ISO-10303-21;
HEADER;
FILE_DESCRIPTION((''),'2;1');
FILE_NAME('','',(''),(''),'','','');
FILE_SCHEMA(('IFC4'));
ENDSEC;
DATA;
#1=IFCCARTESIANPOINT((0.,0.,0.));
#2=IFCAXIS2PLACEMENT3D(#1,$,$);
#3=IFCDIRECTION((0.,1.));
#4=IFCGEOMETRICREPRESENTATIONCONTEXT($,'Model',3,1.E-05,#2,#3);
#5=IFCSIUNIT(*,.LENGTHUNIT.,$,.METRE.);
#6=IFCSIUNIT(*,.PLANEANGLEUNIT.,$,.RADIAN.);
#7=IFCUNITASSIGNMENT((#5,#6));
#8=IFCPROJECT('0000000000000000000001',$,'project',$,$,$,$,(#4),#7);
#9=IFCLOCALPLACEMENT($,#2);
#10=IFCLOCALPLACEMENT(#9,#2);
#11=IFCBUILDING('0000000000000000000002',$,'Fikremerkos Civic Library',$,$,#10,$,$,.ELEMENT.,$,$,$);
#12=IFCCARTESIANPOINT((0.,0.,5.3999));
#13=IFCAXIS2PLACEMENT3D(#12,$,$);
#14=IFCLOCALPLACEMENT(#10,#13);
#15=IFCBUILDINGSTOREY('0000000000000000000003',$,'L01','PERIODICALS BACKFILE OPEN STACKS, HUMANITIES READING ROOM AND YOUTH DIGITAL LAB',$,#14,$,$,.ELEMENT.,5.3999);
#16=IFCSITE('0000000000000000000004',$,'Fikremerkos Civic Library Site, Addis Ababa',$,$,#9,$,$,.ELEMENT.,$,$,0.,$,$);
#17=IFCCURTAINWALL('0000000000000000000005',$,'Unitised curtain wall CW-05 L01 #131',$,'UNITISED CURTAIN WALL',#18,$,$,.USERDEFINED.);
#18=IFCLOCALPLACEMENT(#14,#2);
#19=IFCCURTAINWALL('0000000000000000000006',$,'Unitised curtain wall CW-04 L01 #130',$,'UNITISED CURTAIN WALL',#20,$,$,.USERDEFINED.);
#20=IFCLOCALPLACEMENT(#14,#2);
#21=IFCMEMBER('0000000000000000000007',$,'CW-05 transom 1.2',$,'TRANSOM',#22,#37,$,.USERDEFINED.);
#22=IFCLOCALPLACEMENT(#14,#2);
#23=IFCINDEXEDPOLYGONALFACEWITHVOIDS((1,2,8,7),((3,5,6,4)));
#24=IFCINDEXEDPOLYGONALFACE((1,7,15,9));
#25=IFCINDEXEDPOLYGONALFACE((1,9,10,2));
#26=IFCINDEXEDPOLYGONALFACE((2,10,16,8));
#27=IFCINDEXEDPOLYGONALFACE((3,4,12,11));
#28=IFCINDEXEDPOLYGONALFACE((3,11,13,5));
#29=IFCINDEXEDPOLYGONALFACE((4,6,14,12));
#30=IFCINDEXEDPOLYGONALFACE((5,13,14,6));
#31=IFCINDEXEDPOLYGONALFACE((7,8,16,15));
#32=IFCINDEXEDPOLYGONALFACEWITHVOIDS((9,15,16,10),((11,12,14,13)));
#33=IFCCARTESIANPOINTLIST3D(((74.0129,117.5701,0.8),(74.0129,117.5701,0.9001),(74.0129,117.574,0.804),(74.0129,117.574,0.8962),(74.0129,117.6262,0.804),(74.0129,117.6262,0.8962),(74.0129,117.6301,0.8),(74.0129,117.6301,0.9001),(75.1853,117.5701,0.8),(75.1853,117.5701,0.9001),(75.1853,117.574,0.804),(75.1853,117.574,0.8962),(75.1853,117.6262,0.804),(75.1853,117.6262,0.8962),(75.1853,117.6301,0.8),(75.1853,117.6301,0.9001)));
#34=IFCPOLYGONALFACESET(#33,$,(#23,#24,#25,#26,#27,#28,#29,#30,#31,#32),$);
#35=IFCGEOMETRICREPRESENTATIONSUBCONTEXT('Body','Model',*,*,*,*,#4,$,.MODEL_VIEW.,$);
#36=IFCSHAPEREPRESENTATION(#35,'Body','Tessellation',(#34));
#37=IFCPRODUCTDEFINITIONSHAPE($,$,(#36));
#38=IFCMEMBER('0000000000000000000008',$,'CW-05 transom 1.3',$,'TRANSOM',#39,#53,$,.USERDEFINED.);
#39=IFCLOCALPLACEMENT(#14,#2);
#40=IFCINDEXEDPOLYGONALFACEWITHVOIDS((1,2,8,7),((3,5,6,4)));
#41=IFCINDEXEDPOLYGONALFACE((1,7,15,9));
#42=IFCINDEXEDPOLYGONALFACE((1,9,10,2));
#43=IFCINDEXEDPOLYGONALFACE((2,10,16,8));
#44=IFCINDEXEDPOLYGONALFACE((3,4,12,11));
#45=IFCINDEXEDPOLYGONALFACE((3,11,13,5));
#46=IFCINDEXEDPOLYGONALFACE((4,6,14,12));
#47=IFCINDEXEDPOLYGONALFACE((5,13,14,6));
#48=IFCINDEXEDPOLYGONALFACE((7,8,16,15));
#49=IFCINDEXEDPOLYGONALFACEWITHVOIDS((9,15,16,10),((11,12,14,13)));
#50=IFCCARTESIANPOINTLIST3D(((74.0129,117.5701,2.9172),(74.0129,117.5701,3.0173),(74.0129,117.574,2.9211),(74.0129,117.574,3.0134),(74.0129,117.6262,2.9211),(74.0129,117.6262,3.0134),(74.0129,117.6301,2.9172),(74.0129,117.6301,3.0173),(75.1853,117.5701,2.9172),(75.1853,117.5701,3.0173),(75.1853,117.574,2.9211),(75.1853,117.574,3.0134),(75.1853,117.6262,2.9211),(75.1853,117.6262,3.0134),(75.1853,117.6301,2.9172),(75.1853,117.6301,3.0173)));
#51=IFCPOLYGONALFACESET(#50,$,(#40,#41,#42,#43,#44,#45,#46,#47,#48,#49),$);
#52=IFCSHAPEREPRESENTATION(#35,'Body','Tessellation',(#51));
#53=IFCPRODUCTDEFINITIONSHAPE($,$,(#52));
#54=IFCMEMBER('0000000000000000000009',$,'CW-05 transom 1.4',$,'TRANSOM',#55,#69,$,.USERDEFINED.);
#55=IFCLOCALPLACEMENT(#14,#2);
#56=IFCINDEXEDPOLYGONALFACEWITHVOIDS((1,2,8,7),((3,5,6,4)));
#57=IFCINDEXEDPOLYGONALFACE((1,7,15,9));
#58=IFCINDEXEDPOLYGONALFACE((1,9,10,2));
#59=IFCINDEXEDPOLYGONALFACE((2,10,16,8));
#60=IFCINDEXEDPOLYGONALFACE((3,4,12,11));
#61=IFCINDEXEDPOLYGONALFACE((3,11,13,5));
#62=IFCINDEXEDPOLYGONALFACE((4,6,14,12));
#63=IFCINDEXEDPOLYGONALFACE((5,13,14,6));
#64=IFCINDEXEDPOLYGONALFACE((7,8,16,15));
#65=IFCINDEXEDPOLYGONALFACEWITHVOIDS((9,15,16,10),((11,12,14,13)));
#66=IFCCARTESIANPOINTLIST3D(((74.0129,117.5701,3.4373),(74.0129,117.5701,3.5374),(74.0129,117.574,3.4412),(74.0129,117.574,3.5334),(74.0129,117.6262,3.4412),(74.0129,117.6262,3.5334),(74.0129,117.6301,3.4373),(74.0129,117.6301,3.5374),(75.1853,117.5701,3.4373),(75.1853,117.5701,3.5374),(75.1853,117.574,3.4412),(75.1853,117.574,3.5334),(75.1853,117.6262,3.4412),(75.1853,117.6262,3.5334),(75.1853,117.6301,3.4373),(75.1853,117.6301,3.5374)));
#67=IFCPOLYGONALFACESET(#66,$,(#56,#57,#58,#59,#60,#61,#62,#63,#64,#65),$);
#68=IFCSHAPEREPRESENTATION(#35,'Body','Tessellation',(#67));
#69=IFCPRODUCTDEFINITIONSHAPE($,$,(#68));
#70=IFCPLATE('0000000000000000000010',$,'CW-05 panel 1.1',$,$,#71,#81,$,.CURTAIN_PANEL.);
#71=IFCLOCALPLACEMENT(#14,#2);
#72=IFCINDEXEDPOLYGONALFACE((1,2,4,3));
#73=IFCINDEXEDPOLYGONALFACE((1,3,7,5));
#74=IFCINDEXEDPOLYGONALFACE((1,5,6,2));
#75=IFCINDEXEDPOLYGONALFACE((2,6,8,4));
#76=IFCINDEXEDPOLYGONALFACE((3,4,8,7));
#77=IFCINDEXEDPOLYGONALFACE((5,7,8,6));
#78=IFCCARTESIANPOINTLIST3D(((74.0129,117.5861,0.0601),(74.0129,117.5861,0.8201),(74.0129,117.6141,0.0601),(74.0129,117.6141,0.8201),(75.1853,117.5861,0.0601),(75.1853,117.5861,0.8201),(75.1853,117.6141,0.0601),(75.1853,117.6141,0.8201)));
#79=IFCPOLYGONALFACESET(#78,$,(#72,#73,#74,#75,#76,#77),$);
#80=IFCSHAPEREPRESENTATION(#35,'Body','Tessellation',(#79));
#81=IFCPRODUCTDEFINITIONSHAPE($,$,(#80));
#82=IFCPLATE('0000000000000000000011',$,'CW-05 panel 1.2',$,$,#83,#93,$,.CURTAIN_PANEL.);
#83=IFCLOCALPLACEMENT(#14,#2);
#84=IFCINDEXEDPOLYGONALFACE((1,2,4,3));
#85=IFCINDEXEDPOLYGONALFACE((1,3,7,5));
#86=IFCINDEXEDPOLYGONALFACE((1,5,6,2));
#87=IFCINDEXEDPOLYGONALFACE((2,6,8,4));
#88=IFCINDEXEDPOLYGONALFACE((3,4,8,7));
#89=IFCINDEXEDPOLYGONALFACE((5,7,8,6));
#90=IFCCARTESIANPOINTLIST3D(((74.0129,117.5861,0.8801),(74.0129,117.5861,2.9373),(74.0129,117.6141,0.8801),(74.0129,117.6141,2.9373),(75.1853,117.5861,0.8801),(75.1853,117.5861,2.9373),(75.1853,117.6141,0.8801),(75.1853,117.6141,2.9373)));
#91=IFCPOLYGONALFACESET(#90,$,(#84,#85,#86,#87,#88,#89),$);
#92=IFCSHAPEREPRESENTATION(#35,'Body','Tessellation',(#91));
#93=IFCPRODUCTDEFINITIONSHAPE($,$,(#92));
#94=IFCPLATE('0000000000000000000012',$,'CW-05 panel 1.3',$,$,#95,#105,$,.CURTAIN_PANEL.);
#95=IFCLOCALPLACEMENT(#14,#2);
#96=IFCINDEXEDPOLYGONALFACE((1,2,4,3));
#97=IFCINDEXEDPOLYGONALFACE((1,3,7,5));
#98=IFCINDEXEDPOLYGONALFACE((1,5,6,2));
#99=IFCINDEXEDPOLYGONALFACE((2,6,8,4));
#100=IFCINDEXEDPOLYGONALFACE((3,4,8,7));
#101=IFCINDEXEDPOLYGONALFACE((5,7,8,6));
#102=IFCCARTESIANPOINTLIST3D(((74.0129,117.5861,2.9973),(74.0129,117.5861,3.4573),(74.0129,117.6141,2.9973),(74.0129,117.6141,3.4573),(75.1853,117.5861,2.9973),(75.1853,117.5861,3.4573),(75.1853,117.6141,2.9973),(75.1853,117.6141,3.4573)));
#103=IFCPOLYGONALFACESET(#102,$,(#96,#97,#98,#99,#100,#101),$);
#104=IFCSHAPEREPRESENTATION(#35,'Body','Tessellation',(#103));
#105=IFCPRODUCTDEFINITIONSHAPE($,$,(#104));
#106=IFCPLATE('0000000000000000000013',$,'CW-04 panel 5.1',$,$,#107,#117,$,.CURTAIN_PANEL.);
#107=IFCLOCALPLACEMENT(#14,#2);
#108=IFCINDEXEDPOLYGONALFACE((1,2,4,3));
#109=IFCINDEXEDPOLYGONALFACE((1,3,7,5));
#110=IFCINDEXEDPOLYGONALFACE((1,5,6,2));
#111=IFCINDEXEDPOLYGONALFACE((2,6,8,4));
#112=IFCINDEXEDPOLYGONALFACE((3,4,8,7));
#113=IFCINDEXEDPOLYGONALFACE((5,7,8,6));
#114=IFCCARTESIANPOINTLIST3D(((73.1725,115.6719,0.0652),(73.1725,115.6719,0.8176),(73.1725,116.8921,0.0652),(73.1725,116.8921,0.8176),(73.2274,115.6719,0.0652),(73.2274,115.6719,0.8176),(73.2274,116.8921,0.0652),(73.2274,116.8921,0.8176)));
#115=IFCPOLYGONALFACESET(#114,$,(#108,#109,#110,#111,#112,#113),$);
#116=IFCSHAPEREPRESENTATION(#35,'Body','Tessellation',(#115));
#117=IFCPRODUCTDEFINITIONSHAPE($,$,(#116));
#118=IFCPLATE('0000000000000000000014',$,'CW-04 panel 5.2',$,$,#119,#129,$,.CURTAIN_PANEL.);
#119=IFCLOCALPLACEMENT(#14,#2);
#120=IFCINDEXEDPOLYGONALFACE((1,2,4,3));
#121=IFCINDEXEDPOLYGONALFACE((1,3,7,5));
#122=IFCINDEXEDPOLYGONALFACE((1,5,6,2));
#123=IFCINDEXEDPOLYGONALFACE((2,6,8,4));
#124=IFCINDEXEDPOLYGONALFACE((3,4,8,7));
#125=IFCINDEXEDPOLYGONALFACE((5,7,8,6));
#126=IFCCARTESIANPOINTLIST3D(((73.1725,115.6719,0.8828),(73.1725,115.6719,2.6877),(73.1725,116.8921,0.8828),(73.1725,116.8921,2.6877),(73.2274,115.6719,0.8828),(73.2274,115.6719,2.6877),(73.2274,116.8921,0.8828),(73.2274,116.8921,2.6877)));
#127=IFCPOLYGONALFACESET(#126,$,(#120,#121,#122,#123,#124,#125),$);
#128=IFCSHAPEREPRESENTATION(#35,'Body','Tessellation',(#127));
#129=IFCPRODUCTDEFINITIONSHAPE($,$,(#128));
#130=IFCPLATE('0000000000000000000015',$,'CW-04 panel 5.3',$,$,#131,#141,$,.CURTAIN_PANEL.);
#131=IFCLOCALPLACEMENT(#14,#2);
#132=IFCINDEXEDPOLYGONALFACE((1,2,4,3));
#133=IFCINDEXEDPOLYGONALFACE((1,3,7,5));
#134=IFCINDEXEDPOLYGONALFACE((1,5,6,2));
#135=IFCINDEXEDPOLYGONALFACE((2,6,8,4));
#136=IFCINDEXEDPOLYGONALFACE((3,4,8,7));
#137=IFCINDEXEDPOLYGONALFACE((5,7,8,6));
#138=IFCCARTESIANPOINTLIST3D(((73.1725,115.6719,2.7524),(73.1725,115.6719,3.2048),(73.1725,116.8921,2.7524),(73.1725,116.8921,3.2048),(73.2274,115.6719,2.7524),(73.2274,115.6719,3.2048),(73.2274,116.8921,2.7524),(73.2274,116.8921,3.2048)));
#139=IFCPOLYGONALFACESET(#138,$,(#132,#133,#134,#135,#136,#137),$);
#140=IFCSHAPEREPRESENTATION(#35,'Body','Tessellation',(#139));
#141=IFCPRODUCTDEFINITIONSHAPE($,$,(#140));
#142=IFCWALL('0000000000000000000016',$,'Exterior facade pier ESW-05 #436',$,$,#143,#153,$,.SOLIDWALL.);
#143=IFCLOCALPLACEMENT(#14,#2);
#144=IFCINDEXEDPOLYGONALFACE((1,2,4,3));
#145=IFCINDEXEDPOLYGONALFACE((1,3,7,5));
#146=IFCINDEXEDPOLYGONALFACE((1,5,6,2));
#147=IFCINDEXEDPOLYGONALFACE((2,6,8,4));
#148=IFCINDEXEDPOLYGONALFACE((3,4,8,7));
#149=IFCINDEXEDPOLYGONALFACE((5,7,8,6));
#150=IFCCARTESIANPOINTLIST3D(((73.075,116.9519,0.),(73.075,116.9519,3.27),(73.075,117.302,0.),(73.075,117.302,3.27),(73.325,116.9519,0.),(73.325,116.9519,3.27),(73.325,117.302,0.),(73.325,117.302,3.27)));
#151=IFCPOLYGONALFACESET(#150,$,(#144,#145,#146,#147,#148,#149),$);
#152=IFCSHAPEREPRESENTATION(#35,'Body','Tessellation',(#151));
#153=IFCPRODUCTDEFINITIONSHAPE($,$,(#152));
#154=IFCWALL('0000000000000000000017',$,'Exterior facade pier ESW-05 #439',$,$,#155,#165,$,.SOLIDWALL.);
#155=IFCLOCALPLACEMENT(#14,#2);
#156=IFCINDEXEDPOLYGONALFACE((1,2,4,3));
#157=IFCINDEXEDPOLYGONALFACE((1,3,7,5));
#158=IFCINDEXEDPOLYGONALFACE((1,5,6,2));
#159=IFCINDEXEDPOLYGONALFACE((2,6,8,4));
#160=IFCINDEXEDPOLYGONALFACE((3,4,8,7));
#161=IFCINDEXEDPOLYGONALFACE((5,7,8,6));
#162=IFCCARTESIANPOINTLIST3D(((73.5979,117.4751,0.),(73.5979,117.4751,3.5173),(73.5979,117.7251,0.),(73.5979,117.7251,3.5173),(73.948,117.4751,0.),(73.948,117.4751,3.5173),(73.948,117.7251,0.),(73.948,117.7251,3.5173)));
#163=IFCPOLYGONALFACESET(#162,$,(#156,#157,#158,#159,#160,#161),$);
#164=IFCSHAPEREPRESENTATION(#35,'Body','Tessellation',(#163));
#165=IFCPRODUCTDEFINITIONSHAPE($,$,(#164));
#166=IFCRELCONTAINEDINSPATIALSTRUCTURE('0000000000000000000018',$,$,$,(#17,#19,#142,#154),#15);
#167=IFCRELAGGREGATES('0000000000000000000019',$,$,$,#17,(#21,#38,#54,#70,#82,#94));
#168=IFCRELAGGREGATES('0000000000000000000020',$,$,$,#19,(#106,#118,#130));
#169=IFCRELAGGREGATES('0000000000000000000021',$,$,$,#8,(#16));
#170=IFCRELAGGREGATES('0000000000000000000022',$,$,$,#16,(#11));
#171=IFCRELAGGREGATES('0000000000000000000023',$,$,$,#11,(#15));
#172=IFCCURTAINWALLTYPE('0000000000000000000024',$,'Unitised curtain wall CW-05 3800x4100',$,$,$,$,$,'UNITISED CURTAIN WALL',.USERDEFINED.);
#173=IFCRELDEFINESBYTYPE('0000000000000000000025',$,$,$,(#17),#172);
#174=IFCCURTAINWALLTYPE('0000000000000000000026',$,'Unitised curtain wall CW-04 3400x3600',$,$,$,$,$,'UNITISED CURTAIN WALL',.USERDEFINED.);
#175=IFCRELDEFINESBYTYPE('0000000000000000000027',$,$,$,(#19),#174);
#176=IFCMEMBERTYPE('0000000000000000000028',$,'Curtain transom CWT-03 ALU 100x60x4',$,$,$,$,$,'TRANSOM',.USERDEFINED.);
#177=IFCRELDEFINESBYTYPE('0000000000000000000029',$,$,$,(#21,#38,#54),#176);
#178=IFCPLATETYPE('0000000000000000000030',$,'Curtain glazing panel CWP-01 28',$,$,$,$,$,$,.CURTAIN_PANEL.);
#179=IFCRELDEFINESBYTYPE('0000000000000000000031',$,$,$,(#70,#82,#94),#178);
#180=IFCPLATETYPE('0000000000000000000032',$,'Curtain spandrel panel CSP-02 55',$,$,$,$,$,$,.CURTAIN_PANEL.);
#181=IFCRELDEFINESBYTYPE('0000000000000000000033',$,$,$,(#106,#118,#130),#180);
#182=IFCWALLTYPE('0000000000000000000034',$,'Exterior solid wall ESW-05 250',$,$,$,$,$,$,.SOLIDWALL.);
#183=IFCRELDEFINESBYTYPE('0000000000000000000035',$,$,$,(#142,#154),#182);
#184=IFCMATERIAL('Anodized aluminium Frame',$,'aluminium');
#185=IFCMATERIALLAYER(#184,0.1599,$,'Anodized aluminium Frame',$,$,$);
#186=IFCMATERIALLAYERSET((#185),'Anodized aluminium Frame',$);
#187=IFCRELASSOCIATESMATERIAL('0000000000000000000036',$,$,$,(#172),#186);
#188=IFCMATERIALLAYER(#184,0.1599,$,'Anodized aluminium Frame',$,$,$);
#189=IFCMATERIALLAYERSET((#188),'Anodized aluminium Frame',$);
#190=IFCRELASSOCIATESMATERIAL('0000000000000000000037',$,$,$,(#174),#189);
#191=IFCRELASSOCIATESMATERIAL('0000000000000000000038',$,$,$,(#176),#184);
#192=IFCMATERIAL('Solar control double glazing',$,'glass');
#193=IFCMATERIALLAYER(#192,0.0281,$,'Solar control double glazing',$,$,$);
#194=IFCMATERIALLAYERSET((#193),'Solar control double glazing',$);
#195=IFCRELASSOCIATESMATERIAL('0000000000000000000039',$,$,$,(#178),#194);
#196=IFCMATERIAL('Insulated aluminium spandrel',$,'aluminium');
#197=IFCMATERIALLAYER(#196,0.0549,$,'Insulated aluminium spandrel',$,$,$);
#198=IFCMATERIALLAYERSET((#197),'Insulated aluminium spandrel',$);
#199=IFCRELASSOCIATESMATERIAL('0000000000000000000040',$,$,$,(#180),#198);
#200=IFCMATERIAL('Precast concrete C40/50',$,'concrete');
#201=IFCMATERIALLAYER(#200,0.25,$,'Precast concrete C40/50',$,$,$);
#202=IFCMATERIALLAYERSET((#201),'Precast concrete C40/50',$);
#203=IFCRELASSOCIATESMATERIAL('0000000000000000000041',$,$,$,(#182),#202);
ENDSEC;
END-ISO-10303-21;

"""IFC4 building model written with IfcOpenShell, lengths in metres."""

from ifc_helpers import new_model, si_unit, direction, frame, frame_2d, origin, origin_2d, place, context, subcontext, project, spatial, rectangle, hollow_rectangle, extrude, material, layer, layer_set, material_profile, profile_set, type_object, element, aggregate, save


model = new_model("IFC4")

# Units and contexts
model_context = context("Model", 3, precision=1e-05, world=origin(), true_north=direction((0.0, 1.0)))
body_context = subcontext(model_context, "Body", "Model", "MODEL_VIEW")
ifc_project = project(units=[si_unit("LENGTHUNIT", "METRE"), si_unit("PLANEANGLEUNIT", "RADIAN")], contexts=[model_context])

# Site, building, storey
site_placement = place(None, origin())
site = spatial("IfcSite", under=ifc_project, at=site_placement, Name="Fikremerkos Civic Library Site, Addis Ababa", CompositionType="ELEMENT", RefElevation=0.0)
building_placement = place(site_placement, origin())
building = spatial("IfcBuilding", under=site, at=building_placement, Name="Fikremerkos Civic Library", CompositionType="ELEMENT")
storey_placement = place(building_placement, frame((0.0, 0.0, 5.3999)))
storey = spatial("IfcBuildingStorey", under=building, at=storey_placement, Name="L01", Description="PERIODICALS BACKFILE OPEN STACKS, HUMANITIES READING ROOM AND YOUTH DIGITAL LAB", CompositionType="ELEMENT", Elevation=5.3999)

# Curtain walls
ifc_material_1 = material(Name="Anodized aluminium Frame", Category="aluminium")
ifc_layer_1 = layer(ifc_material_1, 0.1599, Name="Anodized aluminium Frame")
ifc_layer_set_1 = layer_set([ifc_layer_1], Name="Anodized aluminium Frame")
curtain_wall_type_1 = type_object("IfcCurtainWallType", Name="Unitised curtain wall CW-05 3800x4100", ElementType="UNITISED CURTAIN WALL", PredefinedType="USERDEFINED", material=ifc_layer_set_1)
curtain_wall_1_placement = place(storey_placement, origin())
curtain_wall_1 = element("IfcCurtainWall", 1, at=curtain_wall_1_placement, inside=storey, type_object=curtain_wall_type_1, Name="Unitised curtain wall CW-05 L01 #131", ObjectType="UNITISED CURTAIN WALL", PredefinedType="USERDEFINED")
ifc_layer_2 = layer(ifc_material_1, 0.1599, Name="Anodized aluminium Frame")
ifc_layer_set_2 = layer_set([ifc_layer_2], Name="Anodized aluminium Frame")
curtain_wall_type_2 = type_object("IfcCurtainWallType", Name="Unitised curtain wall CW-04 3400x3600", ElementType="UNITISED CURTAIN WALL", PredefinedType="USERDEFINED", material=ifc_layer_set_2)
curtain_wall_2_placement = place(storey_placement, origin())
curtain_wall_2 = element("IfcCurtainWall", 2, at=curtain_wall_2_placement, inside=storey, type_object=curtain_wall_type_2, Name="Unitised curtain wall CW-04 L01 #130", ObjectType="UNITISED CURTAIN WALL", PredefinedType="USERDEFINED")

# Members
ifc_material_profile_1 = material_profile(ifc_material_1, hollow_rectangle(XDim=0.0601, YDim=0.1001, WallThickness=0.0039, at=origin_2d()), Name="ALU 100x60x4")
ifc_profile_set_1 = profile_set([ifc_material_profile_1], Name="Anodized aluminium Frame")
member_type_1 = type_object("IfcMemberType", Name="Curtain transom CWT-03 ALU 100x60x4", ElementType="TRANSOM", PredefinedType="USERDEFINED", material=ifc_profile_set_1)
member_1_placement = place(storey_placement, frame((74.0129, 117.6001, 0.8501), z_axis=(1.0, 0.0, 0.0), x_axis=(0.0, 1.0, 0.0)))
member_1 = element("IfcMember", 3, at=member_1_placement, type_object=member_type_1, Name="CW-05 transom 1.2", ObjectType="TRANSOM", PredefinedType="USERDEFINED", context=body_context, shape_type="SweptSolid", body=[
    extrude(hollow_rectangle(XDim=0.0601, YDim=0.1001, WallThickness=0.0039, at=origin_2d()), origin(), (0.0, 0.0, 1.0), 1.1724),
])
member_2_placement = place(storey_placement, frame((74.0129, 117.6001, 2.9673), z_axis=(1.0, 0.0, 0.0), x_axis=(0.0, 1.0, 0.0)))
member_2 = element("IfcMember", 4, at=member_2_placement, type_object=member_type_1, Name="CW-05 transom 1.3", ObjectType="TRANSOM", PredefinedType="USERDEFINED", context=body_context, shape_type="SweptSolid", body=[
    extrude(hollow_rectangle(XDim=0.0601, YDim=0.1001, WallThickness=0.0039, at=origin_2d()), origin(), (0.0, 0.0, 1.0), 1.1724),
])
member_3_placement = place(storey_placement, frame((74.0129, 117.6001, 3.4873), z_axis=(1.0, 0.0, 0.0), x_axis=(0.0, 1.0, 0.0)))
member_3 = element("IfcMember", 5, at=member_3_placement, type_object=member_type_1, Name="CW-05 transom 1.4", ObjectType="TRANSOM", PredefinedType="USERDEFINED", context=body_context, shape_type="SweptSolid", body=[
    extrude(hollow_rectangle(XDim=0.0601, YDim=0.1001, WallThickness=0.0039, at=origin_2d()), origin(), (0.0, 0.0, 1.0), 1.1724),
])

# Plates
ifc_material_2 = material(Name="Solar control double glazing", Category="glass")
ifc_layer_3 = layer(ifc_material_2, 0.0281, Name="Solar control double glazing")
ifc_layer_set_3 = layer_set([ifc_layer_3], Name="Solar control double glazing")
plate_type_1 = type_object("IfcPlateType", Name="Curtain glazing panel CWP-01 28", PredefinedType="CURTAIN_PANEL", material=ifc_layer_set_3)
plate_1_placement = place(storey_placement, frame((74.5991, 117.6001, 0.0601), z_axis=(0.0, 0.0, 1.0), x_axis=(1.0, 0.0, 0.0)))
plate_1 = element("IfcPlate", 6, at=plate_1_placement, type_object=plate_type_1, Name="CW-05 panel 1.1", PredefinedType="CURTAIN_PANEL", context=body_context, shape_type="SweptSolid", body=[
    extrude(rectangle(XDim=1.1724, YDim=0.0281, at=origin_2d()), origin(), (0.0, 0.0, 1.0), 0.76),
])
plate_2_placement = place(storey_placement, frame((74.5991, 117.6001, 0.8801), z_axis=(0.0, 0.0, 1.0), x_axis=(1.0, 0.0, 0.0)))
plate_2 = element("IfcPlate", 7, at=plate_2_placement, type_object=plate_type_1, Name="CW-05 panel 1.2", PredefinedType="CURTAIN_PANEL", context=body_context, shape_type="SweptSolid", body=[
    extrude(rectangle(XDim=1.1724, YDim=0.0281, at=origin_2d()), origin(), (0.0, 0.0, 1.0), 2.0571),
])
plate_3_placement = place(storey_placement, frame((74.5991, 117.6001, 2.9973), z_axis=(0.0, 0.0, 1.0), x_axis=(1.0, 0.0, 0.0)))
plate_3 = element("IfcPlate", 8, at=plate_3_placement, type_object=plate_type_1, Name="CW-05 panel 1.3", PredefinedType="CURTAIN_PANEL", context=body_context, shape_type="SweptSolid", body=[
    extrude(rectangle(XDim=1.1724, YDim=0.0281, at=origin_2d()), origin(), (0.0, 0.0, 1.0), 0.46),
])
aggregate(curtain_wall_1, [member_1, member_2, member_3, plate_1, plate_2, plate_3])
ifc_material_3 = material(Name="Insulated aluminium spandrel", Category="aluminium")
ifc_layer_4 = layer(ifc_material_3, 0.0549, Name="Insulated aluminium spandrel")
ifc_layer_set_4 = layer_set([ifc_layer_4], Name="Insulated aluminium spandrel")
plate_type_2 = type_object("IfcPlateType", Name="Curtain spandrel panel CSP-02 55", PredefinedType="CURTAIN_PANEL", material=ifc_layer_set_4)
plate_4_placement = place(storey_placement, frame((73.2, 116.282, 0.0652), z_axis=(0.0, 0.0, 1.0), x_axis=(0.0, 1.0, 0.0)))
plate_4 = element("IfcPlate", 9, at=plate_4_placement, type_object=plate_type_2, Name="CW-04 panel 5.1", PredefinedType="CURTAIN_PANEL", context=body_context, shape_type="SweptSolid", body=[
    extrude(rectangle(XDim=1.2202, YDim=0.0549, at=origin_2d()), origin(), (0.0, 0.0, 1.0), 0.7524),
])
plate_5_placement = place(storey_placement, frame((73.2, 116.282, 0.8828), z_axis=(0.0, 0.0, 1.0), x_axis=(0.0, 1.0, 0.0)))
plate_5 = element("IfcPlate", 10, at=plate_5_placement, type_object=plate_type_2, Name="CW-04 panel 5.2", PredefinedType="CURTAIN_PANEL", context=body_context, shape_type="SweptSolid", body=[
    extrude(rectangle(XDim=1.2202, YDim=0.0549, at=origin_2d()), origin(), (0.0, 0.0, 1.0), 1.8049),
])
plate_6_placement = place(storey_placement, frame((73.2, 116.282, 2.7524), z_axis=(0.0, 0.0, 1.0), x_axis=(0.0, 1.0, 0.0)))
plate_6 = element("IfcPlate", 11, at=plate_6_placement, type_object=plate_type_2, Name="CW-04 panel 5.3", PredefinedType="CURTAIN_PANEL", context=body_context, shape_type="SweptSolid", body=[
    extrude(rectangle(XDim=1.2202, YDim=0.0549, at=origin_2d()), origin(), (0.0, 0.0, 1.0), 0.4524),
])
aggregate(curtain_wall_2, [plate_4, plate_5, plate_6])

# Walls
ifc_material_4 = material(Name="Precast concrete C40/50", Category="concrete")
ifc_layer_5 = layer(ifc_material_4, 0.25, Name="Precast concrete C40/50")
ifc_layer_set_5 = layer_set([ifc_layer_5], Name="Precast concrete C40/50")
wall_type = type_object("IfcWallType", Name="Exterior solid wall ESW-05 250", PredefinedType="SOLIDWALL", material=ifc_layer_set_5)
wall_1_placement = place(storey_placement, frame((73.2, 116.9519, 0.0), z_axis=(0.0, 0.0, 1.0), x_axis=(0.0, 1.0, 0.0)))
element("IfcWall", 12, at=wall_1_placement, inside=storey, type_object=wall_type, Name="Exterior facade pier ESW-05 #436", PredefinedType="SOLIDWALL", context=body_context, shape_type="SweptSolid", body=[
    extrude(rectangle(XDim=0.3501, YDim=0.25, at=frame_2d((0.175, 0.0))), origin(), (0.0, 0.0, 1.0), 3.27),
])
wall_2_placement = place(storey_placement, frame((73.5979, 117.6001, 0.0), z_axis=(0.0, 0.0, 1.0), x_axis=(1.0, 0.0, 0.0)))
element("IfcWall", 13, at=wall_2_placement, inside=storey, type_object=wall_type, Name="Exterior facade pier ESW-05 #439", PredefinedType="SOLIDWALL", context=body_context, shape_type="SweptSolid", body=[
    extrude(rectangle(XDim=0.3501, YDim=0.25, at=frame_2d((0.175, 0.0))), origin(), (0.0, 0.0, 1.0), 3.5173),
])

save(model, "model.ifc")
